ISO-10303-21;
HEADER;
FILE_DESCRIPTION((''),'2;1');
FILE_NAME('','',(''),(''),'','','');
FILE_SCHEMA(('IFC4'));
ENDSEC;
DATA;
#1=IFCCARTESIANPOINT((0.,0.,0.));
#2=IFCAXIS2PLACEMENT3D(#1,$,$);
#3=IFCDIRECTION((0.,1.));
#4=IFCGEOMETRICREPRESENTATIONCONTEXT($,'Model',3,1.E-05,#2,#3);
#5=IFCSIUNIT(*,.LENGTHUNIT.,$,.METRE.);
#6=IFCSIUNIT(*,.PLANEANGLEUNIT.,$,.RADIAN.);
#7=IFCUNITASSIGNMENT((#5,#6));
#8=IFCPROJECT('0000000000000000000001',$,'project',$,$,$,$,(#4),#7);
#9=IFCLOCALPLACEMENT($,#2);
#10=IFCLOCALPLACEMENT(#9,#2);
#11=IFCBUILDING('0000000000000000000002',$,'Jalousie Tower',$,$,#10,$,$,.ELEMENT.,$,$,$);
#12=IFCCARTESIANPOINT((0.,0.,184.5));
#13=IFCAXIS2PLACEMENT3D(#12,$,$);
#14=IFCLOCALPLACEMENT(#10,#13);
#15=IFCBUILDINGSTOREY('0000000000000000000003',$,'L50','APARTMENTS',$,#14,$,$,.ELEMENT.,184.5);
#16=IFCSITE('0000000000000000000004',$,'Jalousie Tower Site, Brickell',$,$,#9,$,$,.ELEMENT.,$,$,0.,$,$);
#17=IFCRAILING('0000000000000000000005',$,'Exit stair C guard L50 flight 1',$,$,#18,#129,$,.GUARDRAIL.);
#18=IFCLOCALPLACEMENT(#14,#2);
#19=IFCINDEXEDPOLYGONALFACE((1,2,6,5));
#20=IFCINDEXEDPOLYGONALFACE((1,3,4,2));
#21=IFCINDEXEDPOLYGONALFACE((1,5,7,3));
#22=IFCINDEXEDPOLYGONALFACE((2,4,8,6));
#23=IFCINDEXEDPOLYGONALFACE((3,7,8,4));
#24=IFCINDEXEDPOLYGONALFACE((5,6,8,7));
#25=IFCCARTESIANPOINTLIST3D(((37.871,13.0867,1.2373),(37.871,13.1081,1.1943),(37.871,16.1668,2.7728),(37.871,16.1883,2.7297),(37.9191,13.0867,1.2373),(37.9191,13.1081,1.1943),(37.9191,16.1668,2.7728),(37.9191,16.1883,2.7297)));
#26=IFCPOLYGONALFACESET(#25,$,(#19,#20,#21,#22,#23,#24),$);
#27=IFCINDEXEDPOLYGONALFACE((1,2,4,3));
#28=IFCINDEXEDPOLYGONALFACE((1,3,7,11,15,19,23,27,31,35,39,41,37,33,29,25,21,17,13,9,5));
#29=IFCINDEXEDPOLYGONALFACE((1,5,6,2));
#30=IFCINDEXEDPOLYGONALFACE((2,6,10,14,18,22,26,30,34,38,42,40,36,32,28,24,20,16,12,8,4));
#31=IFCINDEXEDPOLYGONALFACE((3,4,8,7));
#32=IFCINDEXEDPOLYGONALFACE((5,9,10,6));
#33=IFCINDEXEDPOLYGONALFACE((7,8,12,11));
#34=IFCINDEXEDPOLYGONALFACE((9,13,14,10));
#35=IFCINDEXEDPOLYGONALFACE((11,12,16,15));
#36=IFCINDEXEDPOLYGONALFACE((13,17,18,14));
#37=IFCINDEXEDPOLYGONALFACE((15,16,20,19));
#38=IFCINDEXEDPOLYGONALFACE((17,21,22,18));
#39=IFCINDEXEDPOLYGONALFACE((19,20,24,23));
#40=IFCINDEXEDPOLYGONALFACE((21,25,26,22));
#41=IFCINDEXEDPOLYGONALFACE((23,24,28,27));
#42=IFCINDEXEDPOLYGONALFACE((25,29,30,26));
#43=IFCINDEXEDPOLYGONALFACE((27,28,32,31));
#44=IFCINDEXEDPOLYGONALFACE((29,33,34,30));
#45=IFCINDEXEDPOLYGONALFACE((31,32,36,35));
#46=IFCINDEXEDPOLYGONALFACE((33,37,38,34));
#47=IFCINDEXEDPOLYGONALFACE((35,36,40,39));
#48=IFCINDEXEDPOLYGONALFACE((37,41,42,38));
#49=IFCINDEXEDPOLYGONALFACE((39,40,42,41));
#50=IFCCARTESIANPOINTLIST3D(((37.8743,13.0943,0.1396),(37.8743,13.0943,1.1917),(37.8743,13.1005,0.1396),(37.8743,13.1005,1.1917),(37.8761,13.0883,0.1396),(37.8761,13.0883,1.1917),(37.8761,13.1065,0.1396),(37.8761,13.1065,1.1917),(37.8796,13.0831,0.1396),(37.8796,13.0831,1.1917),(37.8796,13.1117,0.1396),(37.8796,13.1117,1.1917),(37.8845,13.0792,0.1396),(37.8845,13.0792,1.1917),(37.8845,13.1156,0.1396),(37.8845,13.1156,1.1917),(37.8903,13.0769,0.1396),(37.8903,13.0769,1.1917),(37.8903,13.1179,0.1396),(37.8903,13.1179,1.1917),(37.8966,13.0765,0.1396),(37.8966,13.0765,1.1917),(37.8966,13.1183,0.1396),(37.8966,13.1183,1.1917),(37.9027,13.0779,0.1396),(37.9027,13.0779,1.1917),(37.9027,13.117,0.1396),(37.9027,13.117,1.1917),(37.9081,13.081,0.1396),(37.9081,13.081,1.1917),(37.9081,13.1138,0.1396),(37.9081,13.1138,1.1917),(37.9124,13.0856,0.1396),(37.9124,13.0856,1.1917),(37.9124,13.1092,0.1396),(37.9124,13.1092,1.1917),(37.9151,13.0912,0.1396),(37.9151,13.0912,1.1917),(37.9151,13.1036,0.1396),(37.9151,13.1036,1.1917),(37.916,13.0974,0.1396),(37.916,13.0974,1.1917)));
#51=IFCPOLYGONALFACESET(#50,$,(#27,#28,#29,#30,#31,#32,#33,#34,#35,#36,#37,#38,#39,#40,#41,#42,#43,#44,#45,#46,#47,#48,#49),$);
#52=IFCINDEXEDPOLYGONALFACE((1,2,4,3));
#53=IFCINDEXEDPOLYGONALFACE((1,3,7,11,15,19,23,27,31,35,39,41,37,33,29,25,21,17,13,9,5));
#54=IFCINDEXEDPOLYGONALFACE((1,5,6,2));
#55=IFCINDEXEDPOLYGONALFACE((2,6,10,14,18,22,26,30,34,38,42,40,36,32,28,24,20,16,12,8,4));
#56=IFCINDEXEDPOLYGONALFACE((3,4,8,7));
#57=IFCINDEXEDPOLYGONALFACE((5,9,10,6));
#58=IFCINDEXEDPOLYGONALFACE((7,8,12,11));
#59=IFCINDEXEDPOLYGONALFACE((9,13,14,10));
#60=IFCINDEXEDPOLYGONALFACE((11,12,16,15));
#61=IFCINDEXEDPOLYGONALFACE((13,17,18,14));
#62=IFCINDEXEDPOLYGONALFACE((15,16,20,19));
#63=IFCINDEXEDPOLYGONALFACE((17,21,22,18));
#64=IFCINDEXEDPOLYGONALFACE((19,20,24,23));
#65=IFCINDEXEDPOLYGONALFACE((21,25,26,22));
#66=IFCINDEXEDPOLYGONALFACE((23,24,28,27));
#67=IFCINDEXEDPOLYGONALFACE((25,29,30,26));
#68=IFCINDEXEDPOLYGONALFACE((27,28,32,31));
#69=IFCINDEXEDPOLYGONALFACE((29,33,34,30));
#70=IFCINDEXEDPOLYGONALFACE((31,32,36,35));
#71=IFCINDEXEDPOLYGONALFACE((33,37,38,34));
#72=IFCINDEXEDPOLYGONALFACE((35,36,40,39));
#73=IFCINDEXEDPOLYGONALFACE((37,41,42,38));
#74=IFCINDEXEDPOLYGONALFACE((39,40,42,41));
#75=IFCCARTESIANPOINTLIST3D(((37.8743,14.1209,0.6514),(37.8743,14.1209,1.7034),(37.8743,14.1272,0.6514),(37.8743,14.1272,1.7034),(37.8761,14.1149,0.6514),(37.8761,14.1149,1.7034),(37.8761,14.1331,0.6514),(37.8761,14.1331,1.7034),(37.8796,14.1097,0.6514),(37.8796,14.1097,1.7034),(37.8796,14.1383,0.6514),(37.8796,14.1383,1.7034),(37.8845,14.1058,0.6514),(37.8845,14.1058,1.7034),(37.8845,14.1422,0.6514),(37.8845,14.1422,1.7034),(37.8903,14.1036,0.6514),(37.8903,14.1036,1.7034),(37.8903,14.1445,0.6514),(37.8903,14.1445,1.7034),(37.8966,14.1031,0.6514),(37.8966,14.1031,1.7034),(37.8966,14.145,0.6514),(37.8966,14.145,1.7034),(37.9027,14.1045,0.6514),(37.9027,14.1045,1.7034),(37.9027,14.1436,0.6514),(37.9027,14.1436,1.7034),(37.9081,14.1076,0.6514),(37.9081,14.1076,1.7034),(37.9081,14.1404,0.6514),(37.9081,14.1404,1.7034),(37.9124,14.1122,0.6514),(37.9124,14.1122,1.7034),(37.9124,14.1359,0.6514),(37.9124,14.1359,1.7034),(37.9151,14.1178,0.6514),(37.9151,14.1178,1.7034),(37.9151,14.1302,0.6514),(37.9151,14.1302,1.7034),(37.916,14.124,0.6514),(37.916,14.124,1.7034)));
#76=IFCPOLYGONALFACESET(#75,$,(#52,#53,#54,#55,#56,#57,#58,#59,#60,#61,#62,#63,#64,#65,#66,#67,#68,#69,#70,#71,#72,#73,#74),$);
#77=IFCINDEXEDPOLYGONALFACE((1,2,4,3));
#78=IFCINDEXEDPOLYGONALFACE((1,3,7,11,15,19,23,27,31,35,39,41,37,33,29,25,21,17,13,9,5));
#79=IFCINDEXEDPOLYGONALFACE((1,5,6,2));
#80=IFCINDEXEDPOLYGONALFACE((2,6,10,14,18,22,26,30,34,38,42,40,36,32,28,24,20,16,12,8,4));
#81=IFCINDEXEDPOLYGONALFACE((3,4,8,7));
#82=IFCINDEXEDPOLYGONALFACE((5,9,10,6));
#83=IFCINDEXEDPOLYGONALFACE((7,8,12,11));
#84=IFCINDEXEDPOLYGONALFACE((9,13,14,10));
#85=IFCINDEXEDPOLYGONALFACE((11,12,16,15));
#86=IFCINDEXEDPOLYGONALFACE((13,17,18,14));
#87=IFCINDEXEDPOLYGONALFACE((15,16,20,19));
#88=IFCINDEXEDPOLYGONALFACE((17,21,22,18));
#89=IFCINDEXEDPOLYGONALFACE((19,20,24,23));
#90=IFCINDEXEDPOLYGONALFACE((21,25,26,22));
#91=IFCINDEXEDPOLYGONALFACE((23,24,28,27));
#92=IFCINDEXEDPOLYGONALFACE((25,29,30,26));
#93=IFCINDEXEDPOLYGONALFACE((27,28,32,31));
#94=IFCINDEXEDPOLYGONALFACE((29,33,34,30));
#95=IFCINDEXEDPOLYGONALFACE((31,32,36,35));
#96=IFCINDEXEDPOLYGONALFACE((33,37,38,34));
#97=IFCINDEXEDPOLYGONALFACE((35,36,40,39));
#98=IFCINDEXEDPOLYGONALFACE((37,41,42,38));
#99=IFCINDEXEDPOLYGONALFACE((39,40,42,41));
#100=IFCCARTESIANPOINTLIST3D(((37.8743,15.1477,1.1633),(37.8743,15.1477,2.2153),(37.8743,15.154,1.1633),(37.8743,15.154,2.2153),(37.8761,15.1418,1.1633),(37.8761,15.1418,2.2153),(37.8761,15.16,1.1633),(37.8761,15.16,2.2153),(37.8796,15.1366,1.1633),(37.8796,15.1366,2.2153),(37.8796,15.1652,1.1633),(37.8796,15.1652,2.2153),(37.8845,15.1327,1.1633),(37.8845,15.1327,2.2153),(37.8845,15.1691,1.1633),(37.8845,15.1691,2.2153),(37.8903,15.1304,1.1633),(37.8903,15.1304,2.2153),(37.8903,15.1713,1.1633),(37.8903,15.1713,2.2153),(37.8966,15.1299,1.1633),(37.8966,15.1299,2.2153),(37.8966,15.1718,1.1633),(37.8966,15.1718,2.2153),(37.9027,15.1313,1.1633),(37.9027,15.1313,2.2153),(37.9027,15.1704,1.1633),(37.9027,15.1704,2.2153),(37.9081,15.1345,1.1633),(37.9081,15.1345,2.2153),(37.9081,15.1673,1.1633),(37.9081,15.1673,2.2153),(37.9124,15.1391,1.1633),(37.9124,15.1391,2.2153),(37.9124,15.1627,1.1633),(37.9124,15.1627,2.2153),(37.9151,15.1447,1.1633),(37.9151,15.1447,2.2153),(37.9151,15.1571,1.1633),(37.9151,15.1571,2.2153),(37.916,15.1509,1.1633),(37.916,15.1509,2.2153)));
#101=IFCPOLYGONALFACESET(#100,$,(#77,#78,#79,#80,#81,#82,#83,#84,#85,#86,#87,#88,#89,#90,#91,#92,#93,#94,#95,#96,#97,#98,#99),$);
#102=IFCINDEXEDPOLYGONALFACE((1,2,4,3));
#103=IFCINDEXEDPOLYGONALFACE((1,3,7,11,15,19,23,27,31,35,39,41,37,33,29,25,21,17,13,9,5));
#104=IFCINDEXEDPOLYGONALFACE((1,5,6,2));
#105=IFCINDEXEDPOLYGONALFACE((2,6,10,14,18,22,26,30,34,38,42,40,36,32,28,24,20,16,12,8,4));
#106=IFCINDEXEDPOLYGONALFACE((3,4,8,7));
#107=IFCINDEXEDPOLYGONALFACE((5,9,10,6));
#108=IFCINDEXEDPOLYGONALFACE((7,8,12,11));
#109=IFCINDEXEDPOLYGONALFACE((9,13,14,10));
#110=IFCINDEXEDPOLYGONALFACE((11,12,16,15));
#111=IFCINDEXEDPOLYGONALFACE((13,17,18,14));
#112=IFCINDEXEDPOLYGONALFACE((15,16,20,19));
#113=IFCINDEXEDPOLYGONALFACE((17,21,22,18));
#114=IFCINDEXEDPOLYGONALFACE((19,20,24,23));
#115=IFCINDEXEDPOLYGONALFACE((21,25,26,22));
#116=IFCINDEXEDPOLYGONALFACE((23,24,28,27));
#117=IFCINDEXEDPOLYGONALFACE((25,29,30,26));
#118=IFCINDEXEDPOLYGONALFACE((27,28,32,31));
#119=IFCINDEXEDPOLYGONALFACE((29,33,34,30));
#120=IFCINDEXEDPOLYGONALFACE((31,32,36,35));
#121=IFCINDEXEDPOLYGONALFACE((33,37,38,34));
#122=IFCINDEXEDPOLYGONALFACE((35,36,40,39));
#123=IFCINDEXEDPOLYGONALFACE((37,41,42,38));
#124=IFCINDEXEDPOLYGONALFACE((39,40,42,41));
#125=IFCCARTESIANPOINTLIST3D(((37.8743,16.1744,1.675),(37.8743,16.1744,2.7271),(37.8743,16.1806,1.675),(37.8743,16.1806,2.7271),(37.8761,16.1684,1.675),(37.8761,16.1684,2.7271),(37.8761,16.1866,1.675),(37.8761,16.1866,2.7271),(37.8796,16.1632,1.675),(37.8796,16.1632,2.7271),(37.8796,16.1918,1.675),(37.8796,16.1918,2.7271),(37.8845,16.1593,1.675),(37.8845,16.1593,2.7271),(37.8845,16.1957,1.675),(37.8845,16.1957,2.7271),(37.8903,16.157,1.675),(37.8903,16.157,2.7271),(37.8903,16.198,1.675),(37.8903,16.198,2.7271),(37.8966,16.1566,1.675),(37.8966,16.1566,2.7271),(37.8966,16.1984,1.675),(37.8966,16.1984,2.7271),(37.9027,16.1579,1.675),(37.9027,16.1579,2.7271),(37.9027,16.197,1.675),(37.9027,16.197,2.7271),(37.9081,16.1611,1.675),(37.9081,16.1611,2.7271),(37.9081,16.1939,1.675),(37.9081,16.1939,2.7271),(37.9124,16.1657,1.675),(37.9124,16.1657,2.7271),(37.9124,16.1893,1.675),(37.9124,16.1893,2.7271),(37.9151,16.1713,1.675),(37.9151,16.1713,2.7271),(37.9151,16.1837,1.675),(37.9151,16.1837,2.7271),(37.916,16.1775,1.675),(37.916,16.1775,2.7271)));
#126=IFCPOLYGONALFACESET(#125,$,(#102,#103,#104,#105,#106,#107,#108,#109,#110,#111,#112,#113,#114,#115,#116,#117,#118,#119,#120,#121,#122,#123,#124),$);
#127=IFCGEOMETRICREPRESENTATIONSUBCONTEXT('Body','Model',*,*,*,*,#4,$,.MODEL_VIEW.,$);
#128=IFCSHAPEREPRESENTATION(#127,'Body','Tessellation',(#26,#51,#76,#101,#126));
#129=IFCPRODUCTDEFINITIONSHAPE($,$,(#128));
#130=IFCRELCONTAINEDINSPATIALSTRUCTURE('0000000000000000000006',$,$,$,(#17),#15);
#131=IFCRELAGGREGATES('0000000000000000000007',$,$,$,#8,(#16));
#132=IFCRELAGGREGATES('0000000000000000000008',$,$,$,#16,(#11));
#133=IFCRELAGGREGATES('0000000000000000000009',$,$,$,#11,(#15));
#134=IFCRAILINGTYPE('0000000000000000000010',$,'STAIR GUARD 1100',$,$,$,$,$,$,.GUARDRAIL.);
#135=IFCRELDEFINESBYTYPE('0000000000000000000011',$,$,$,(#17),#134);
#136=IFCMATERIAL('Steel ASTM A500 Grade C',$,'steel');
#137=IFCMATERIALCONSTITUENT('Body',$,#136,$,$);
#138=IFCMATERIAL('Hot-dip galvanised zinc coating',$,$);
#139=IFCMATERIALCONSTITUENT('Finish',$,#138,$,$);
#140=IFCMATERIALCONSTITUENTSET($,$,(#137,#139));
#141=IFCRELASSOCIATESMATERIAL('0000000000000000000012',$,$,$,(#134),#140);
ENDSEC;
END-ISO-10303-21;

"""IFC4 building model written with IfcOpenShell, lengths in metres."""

from ifc_helpers import new_model, si_unit, direction, frame, origin, origin_2d, place, context, subcontext, project, spatial, rectangle, circle, extrude, material, constituent, constituent_set, type_object, element, save


model = new_model("IFC4")

# Units and contexts
model_context = context("Model", 3, precision=1e-05, world=origin(), true_north=direction((0.0, 1.0)))
body_context = subcontext(model_context, "Body", "Model", "MODEL_VIEW")
ifc_project = project(units=[si_unit("LENGTHUNIT", "METRE"), si_unit("PLANEANGLEUNIT", "RADIAN")], contexts=[model_context])

# Site, building, storey
site_placement = place(None, origin())
site = spatial("IfcSite", under=ifc_project, at=site_placement, Name="Jalousie Tower Site, Brickell", CompositionType="ELEMENT", RefElevation=0.0)
building_placement = place(site_placement, origin())
building = spatial("IfcBuilding", under=site, at=building_placement, Name="Jalousie Tower", CompositionType="ELEMENT")
storey_placement = place(building_placement, frame((0.0, 0.0, 184.5)))
storey = spatial("IfcBuildingStorey", under=building, at=storey_placement, Name="L50", Description="APARTMENTS", CompositionType="ELEMENT", Elevation=184.5)

# Railing
ifc_material_1 = material(Name="Steel ASTM A500 Grade C", Category="steel")
ifc_constituent_1 = constituent(ifc_material_1, Name="Body")
ifc_material_2 = material(Name="Hot-dip galvanised zinc coating")
ifc_constituent_2 = constituent(ifc_material_2, Name="Finish")
ifc_constituent_set_1 = constituent_set(constituents=[ifc_constituent_1, ifc_constituent_2])
railing_type_1 = type_object("IfcRailingType", Name="STAIR GUARD 1100", PredefinedType="GUARDRAIL", material=ifc_constituent_set_1)
railing_1_placement = place(storey_placement, frame((37.895, 13.0974, 0.1396)))
element("IfcRailing", 1, at=railing_1_placement, inside=storey, type_object=railing_type_1, Name="Exit stair C guard L50 flight 1", PredefinedType="GUARDRAIL", context=body_context, shape_type="SweptSolid", body=[
    extrude(rectangle(XDim=0.0481, YDim=0.0481, at=origin_2d()), frame((0.0, 0.0, 1.0762), z_axis=(0.0, 0.894966, 0.446135), x_axis=(-1.0, 0.0, 0.0)), (0.0, 0.0, 1.0), 3.4417),
    extrude(circle(Radius=0.021, at=origin_2d()), origin(), (0.0, 0.0, 1.0), 1.052),
    extrude(circle(Radius=0.021, at=origin_2d()), frame((0.0, 1.0266, 0.5117)), (0.0, 0.0, 1.0), 1.052),
    extrude(circle(Radius=0.021, at=origin_2d()), frame((0.0, 2.0535, 1.0237)), (0.0, 0.0, 1.0), 1.052),
    extrude(circle(Radius=0.021, at=origin_2d()), frame((0.0, 3.0801, 1.5354)), (0.0, 0.0, 1.0), 1.052),
])

save(model, "model.ifc")
